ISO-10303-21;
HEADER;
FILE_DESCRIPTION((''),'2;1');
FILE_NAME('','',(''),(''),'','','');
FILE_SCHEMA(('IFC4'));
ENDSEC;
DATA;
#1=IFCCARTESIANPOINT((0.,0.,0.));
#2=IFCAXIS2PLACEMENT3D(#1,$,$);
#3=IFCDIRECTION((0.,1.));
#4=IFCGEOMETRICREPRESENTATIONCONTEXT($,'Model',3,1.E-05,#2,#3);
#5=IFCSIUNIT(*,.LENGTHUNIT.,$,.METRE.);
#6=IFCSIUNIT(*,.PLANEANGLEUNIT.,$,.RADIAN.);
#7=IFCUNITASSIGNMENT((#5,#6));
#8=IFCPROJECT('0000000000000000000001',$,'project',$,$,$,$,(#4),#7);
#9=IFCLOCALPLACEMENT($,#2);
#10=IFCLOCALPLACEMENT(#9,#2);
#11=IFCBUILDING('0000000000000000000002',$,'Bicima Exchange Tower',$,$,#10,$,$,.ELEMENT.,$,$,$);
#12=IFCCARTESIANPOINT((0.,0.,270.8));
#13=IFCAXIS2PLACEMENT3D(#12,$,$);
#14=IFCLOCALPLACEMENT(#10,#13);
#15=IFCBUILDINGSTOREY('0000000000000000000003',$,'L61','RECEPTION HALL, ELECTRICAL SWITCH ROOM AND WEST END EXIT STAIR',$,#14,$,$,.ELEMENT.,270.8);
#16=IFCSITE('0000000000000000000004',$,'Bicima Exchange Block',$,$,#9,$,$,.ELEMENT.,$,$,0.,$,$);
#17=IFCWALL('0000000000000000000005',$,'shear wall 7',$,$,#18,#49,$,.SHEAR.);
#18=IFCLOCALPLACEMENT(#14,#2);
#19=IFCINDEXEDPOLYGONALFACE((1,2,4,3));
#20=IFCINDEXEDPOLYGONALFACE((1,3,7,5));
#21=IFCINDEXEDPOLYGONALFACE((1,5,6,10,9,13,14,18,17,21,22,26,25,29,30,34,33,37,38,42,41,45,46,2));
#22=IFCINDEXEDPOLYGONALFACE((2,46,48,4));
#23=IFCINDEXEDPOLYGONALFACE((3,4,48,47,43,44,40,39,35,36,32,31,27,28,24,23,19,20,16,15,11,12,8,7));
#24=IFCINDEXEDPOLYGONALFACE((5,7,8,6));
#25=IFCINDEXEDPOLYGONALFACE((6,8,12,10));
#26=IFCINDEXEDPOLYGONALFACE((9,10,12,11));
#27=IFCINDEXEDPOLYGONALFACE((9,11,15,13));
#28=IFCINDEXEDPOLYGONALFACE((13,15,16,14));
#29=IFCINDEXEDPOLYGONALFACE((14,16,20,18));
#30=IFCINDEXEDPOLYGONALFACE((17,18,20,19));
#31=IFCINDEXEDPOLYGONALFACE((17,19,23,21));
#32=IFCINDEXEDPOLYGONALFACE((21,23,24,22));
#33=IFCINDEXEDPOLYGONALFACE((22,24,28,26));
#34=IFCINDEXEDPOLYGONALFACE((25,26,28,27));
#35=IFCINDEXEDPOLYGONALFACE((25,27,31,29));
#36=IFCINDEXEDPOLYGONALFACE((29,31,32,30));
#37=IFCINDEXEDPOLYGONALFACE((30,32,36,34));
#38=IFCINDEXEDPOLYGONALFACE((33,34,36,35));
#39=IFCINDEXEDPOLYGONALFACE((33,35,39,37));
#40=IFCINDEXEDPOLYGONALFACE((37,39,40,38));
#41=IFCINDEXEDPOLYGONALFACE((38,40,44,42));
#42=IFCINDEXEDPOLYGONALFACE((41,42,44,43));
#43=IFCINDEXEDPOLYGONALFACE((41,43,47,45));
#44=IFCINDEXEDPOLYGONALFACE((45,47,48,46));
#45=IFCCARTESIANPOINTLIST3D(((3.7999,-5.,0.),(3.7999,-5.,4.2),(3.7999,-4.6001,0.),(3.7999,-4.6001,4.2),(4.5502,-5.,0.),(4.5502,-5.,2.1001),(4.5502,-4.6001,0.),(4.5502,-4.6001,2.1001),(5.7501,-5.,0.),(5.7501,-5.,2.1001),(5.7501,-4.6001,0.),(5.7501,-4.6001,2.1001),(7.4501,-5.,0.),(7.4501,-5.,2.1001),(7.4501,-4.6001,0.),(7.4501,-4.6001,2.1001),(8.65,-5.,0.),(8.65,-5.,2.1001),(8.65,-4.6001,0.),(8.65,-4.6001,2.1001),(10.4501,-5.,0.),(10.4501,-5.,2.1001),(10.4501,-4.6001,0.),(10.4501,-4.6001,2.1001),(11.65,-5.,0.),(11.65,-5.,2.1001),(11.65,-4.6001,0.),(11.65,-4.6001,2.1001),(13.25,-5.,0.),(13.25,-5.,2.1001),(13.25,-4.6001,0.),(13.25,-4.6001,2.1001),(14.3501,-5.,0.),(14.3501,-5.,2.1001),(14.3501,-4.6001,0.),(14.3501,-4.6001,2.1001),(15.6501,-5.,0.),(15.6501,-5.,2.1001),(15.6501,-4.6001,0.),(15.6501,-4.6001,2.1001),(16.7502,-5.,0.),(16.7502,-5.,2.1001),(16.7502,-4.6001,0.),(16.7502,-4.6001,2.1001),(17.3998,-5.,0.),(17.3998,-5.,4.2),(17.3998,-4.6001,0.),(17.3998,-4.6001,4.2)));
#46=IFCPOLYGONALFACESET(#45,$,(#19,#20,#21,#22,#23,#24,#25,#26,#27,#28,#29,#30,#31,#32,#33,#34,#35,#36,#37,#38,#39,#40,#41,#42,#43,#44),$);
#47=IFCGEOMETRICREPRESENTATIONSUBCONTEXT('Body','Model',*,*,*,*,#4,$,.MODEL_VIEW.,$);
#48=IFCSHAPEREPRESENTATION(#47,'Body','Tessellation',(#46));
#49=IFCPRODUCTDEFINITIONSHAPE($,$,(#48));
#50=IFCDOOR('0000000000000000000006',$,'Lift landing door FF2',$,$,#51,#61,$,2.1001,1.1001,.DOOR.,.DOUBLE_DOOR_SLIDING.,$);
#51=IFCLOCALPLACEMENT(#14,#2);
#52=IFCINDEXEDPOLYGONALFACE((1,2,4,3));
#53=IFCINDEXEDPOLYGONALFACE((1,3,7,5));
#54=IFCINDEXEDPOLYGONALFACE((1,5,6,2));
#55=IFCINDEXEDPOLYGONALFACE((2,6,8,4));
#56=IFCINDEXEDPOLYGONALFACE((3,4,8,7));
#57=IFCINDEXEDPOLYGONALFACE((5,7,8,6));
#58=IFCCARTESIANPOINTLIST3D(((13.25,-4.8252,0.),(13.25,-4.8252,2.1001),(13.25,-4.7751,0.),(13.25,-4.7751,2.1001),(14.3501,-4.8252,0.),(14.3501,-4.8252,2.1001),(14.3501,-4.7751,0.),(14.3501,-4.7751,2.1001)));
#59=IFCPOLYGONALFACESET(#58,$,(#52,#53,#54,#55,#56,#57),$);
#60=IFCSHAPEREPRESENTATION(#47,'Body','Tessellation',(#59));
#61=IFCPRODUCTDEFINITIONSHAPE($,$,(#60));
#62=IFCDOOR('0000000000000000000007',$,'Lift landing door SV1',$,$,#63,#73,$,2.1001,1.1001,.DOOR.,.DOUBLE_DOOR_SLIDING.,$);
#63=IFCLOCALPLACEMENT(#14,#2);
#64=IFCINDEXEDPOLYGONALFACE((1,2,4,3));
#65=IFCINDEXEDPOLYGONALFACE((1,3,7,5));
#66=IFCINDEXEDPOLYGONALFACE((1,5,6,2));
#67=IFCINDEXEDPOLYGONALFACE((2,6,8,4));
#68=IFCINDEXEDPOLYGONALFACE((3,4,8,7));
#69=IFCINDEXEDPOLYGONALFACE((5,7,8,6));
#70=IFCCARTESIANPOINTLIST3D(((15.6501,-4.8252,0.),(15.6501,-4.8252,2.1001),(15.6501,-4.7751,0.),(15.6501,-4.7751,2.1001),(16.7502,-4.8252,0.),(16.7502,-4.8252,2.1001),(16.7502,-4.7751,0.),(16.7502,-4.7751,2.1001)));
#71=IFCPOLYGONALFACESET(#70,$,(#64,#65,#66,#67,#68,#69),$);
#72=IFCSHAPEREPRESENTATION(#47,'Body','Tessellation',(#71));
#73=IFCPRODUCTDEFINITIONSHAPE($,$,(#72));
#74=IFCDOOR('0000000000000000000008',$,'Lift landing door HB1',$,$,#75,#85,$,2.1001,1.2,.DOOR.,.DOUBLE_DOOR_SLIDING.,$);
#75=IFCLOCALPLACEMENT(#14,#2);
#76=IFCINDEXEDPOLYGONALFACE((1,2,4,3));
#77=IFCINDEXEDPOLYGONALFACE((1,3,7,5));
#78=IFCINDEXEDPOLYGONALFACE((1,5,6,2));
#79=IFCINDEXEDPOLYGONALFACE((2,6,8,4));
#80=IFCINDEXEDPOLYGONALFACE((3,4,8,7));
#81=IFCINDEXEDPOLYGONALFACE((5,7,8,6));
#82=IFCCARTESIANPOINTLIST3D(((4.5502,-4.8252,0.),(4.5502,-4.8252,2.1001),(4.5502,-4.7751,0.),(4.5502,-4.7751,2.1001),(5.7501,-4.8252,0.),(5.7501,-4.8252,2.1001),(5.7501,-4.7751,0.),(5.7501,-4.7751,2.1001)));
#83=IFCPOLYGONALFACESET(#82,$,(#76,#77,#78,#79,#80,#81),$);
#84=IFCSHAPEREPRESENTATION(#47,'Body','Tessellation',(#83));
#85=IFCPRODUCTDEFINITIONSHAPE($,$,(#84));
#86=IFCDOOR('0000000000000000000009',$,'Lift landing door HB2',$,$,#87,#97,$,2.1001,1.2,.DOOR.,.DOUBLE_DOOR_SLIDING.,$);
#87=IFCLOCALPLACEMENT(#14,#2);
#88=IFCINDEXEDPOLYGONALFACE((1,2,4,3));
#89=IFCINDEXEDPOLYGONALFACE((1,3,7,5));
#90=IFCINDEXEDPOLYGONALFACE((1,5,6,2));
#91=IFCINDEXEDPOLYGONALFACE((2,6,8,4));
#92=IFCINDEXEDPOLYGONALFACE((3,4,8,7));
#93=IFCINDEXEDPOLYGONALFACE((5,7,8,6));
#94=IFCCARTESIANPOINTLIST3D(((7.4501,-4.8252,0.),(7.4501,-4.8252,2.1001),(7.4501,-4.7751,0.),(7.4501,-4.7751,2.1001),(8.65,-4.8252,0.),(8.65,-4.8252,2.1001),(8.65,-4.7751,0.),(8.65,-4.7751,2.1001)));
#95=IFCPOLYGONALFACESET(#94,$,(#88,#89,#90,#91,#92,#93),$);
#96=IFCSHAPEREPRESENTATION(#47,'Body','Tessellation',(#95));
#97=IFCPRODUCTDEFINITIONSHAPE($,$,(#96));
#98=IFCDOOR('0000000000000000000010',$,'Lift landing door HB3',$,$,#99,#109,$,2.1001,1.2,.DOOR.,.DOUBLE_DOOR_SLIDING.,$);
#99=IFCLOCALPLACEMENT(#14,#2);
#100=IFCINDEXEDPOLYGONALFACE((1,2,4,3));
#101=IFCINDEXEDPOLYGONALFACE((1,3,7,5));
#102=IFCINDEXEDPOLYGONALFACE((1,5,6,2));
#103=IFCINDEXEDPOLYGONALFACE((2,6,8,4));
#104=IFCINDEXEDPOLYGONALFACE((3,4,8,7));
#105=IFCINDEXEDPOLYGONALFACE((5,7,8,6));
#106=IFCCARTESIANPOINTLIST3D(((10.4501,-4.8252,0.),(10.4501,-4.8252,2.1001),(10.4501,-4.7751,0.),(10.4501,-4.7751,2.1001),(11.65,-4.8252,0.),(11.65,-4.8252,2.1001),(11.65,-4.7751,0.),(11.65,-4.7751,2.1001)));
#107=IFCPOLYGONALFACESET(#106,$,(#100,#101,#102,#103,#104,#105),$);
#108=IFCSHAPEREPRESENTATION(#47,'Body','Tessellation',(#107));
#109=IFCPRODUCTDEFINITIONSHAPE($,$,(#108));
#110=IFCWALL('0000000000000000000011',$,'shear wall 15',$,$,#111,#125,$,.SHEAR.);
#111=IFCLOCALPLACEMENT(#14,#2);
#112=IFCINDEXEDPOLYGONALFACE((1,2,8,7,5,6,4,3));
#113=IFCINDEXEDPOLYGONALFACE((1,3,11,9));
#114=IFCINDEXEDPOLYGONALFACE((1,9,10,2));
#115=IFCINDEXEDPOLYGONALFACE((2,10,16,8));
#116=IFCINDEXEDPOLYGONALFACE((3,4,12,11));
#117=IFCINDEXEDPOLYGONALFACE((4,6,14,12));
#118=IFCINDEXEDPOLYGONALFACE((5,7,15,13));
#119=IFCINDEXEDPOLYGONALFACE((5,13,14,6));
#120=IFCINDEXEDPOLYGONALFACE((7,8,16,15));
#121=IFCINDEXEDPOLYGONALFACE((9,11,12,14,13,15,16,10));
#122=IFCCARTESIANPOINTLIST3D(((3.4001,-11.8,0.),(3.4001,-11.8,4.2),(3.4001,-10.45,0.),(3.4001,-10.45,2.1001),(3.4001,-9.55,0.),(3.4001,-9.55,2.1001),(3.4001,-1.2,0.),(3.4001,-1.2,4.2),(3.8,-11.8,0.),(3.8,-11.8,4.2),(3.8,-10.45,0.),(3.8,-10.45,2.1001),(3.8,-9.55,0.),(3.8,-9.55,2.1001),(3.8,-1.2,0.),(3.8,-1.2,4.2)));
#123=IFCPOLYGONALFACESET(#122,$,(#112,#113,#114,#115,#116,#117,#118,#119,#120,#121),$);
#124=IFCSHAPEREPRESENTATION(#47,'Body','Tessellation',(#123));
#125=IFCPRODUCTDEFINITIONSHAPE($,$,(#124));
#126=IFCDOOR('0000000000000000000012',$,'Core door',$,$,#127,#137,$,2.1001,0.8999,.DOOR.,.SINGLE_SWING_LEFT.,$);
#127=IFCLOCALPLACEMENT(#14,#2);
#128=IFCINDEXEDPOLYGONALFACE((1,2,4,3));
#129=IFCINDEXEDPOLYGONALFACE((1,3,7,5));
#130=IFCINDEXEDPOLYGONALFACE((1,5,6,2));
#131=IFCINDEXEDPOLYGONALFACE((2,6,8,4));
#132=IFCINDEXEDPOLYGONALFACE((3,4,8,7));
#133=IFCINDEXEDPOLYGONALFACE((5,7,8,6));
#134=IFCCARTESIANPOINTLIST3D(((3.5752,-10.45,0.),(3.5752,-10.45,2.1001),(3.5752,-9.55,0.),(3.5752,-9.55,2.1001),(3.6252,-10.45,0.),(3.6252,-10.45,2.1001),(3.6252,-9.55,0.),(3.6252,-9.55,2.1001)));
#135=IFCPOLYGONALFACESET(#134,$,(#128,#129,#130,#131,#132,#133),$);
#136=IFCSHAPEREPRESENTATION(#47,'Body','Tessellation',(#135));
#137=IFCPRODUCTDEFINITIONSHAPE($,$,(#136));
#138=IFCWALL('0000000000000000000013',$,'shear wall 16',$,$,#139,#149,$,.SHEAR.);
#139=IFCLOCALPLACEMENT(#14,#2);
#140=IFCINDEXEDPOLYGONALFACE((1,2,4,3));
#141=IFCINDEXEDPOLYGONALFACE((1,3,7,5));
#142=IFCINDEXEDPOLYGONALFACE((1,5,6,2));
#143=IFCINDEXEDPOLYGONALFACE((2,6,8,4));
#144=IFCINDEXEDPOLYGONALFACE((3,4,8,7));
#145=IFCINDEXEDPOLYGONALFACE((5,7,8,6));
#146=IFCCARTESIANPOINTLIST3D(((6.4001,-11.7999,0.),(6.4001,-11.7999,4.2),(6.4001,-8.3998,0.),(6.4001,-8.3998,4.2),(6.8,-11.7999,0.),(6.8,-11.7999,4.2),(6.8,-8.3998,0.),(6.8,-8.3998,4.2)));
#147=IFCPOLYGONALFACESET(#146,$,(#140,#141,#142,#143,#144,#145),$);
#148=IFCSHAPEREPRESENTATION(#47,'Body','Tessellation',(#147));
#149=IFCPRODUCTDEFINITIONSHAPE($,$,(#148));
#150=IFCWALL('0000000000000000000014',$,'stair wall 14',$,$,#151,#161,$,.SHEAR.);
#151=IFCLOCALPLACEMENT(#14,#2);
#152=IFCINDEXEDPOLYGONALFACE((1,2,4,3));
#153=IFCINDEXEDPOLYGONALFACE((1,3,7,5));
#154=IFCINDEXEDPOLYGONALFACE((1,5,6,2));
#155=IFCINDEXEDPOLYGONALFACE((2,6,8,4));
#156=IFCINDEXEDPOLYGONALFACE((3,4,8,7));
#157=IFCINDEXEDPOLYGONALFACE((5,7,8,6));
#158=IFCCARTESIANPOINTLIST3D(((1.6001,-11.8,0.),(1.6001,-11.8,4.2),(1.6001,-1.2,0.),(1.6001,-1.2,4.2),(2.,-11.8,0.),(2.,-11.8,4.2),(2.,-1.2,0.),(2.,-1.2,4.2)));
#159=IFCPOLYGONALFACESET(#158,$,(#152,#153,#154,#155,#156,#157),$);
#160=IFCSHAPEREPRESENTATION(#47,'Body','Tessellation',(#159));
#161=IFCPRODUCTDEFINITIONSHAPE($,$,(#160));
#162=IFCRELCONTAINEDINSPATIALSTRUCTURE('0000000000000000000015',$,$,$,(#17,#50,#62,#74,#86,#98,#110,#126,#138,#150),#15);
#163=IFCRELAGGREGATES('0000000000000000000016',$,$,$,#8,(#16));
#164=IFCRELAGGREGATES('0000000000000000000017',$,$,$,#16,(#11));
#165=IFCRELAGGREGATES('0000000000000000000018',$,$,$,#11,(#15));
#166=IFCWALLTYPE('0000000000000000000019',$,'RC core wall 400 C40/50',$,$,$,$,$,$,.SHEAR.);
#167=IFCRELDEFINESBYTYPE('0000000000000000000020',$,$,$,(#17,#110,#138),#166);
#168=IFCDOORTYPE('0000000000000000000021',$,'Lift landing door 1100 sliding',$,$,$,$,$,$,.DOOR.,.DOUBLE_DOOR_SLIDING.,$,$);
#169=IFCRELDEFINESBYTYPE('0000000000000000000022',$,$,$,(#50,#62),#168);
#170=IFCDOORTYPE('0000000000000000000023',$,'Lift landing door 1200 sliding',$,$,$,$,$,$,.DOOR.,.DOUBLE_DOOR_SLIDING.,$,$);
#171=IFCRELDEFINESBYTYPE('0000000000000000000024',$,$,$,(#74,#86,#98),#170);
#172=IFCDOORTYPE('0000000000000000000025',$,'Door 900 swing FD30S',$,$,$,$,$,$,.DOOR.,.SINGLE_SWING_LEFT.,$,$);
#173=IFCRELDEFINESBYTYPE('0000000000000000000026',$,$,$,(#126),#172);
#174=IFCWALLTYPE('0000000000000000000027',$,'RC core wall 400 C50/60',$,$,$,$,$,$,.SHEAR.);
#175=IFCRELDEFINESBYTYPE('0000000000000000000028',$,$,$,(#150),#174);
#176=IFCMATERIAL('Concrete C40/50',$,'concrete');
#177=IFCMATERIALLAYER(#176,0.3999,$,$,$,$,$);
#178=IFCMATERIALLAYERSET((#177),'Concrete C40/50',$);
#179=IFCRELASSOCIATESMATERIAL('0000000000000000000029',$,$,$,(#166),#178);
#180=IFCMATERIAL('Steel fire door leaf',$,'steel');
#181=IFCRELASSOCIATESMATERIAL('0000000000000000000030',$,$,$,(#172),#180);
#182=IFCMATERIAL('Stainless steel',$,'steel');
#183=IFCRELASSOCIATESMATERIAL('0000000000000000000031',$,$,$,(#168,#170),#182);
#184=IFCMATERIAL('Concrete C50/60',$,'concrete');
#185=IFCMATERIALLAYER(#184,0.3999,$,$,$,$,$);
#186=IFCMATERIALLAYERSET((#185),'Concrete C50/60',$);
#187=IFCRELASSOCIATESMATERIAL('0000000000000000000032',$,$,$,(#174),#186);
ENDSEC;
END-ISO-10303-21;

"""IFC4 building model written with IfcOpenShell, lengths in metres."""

from ifc_helpers import new_model, si_unit, direction, frame, frame_2d, origin, place, context, subcontext, project, spatial, rectangle, extrude, material, layer, layer_set, type_object, element, fill, save


model = new_model("IFC4")

# Units and contexts
model_context = context("Model", 3, precision=1e-05, world=origin(), true_north=direction((0.0, 1.0)))
body_context = subcontext(model_context, "Body", "Model", "MODEL_VIEW")
ifc_project = project(units=[si_unit("LENGTHUNIT", "METRE"), si_unit("PLANEANGLEUNIT", "RADIAN")], contexts=[model_context])

# Site, building, storey
site_placement = place(None, origin())
site = spatial("IfcSite", under=ifc_project, at=site_placement, Name="Bicima Exchange Block", CompositionType="ELEMENT", RefElevation=0.0)
building_placement = place(site_placement, origin())
building = spatial("IfcBuilding", under=site, at=building_placement, Name="Bicima Exchange Tower", CompositionType="ELEMENT")
storey_placement = place(building_placement, frame((0.0, 0.0, 270.8)))
storey = spatial("IfcBuildingStorey", under=building, at=storey_placement, Name="L61", Description="RECEPTION HALL, ELECTRICAL SWITCH ROOM AND WEST END EXIT STAIR", CompositionType="ELEMENT", Elevation=270.8)

# Shared definitions
ifc_material_1 = material(Name="Concrete C50/60", Category="concrete")

# Shared definitions
ifc_material_2 = material(Name="Concrete C40/50", Category="concrete")
ifc_layer_1 = layer(ifc_material_2, 0.3999)
ifc_layer_set_1 = layer_set([ifc_layer_1], Name="Concrete C40/50")
wall_type_1 = type_object("IfcWallType", Name="RC core wall 400 C40/50", PredefinedType="SHEAR", material=ifc_layer_set_1)
ifc_material_3 = material(Name="Steel fire door leaf", Category="steel")
door_type_1 = type_object("IfcDoorType", Name="Door 900 swing FD30S", OperationType="SINGLE_SWING_LEFT", PredefinedType="DOOR", material=ifc_material_3)

# Wall, openings, doors
wall_1_placement = place(storey_placement, frame((3.8, -4.8, 0.0), z_axis=(0.0, 0.0, 1.0), x_axis=(1.0, 0.0, 0.0)))
wall_1 = element("IfcWall", 1, at=wall_1_placement, inside=storey, type_object=wall_type_1, Name="shear wall 7", PredefinedType="SHEAR", context=body_context, shape_type="SweptSolid", body=[
    extrude(rectangle(XDim=13.5999, YDim=0.3999, at=frame_2d((6.7998, 0.0))), origin(), (0.0, 0.0, 1.0), 4.2),
])
opening_1_placement = place(wall_1_placement, frame((0.75, 0.0, 0.0)))
opening_1 = element("IfcOpeningElement", 2, at=opening_1_placement, cuts=wall_1, PredefinedType="OPENING", context=body_context, shape_type="SweptSolid", body=[
    extrude(rectangle(XDim=1.2, YDim=2.1001, at=frame_2d((0.6001, 1.05))), frame((0.0, 0.2119, 0.0), z_axis=(0.0, -1.0, 0.0), x_axis=(1.0, 0.0, 0.0)), (0.0, 0.0, 1.0), 0.4238),
])
opening_2_placement = place(wall_1_placement, frame((3.6499, 0.0, 0.0)))
opening_2 = element("IfcOpeningElement", 3, at=opening_2_placement, cuts=wall_1, PredefinedType="OPENING", context=body_context, shape_type="SweptSolid", body=[
    extrude(rectangle(XDim=1.2, YDim=2.1001, at=frame_2d((0.6001, 1.05))), frame((0.0, 0.2119, 0.0), z_axis=(0.0, -1.0, 0.0), x_axis=(1.0, 0.0, 0.0)), (0.0, 0.0, 1.0), 0.4238),
])
opening_3_placement = place(wall_1_placement, frame((6.6499, 0.0, 0.0)))
opening_3 = element("IfcOpeningElement", 4, at=opening_3_placement, cuts=wall_1, PredefinedType="OPENING", context=body_context, shape_type="SweptSolid", body=[
    extrude(rectangle(XDim=1.2, YDim=2.1001, at=frame_2d((0.6001, 1.05))), frame((0.0, 0.2119, 0.0), z_axis=(0.0, -1.0, 0.0), x_axis=(1.0, 0.0, 0.0)), (0.0, 0.0, 1.0), 0.4238),
])
opening_4_placement = place(wall_1_placement, frame((9.45, 0.0, 0.0)))
opening_4 = element("IfcOpeningElement", 5, at=opening_4_placement, cuts=wall_1, PredefinedType="OPENING", context=body_context, shape_type="SweptSolid", body=[
    extrude(rectangle(XDim=1.1001, YDim=2.1001, at=frame_2d((0.55, 1.05))), frame((0.0, 0.2119, 0.0), z_axis=(0.0, -1.0, 0.0), x_axis=(1.0, 0.0, 0.0)), (0.0, 0.0, 1.0), 0.4238),
])
opening_5_placement = place(wall_1_placement, frame((11.8501, 0.0, 0.0)))
opening_5 = element("IfcOpeningElement", 6, at=opening_5_placement, cuts=wall_1, PredefinedType="OPENING", context=body_context, shape_type="SweptSolid", body=[
    extrude(rectangle(XDim=1.1001, YDim=2.1001, at=frame_2d((0.55, 1.05))), frame((0.0, 0.2119, 0.0), z_axis=(0.0, -1.0, 0.0), x_axis=(1.0, 0.0, 0.0)), (0.0, 0.0, 1.0), 0.4238),
])
ifc_material_4 = material(Name="Stainless steel", Category="steel")
door_type_2 = type_object("IfcDoorType", Name="Lift landing door 1100 sliding", OperationType="DOUBLE_DOOR_SLIDING", PredefinedType="DOOR", material=ifc_material_4)
door_1_placement = place(opening_4_placement, origin())
door_1 = element("IfcDoor", 7, at=door_1_placement, inside=storey, type_object=door_type_2, Name="Lift landing door FF2", OperationType="DOUBLE_DOOR_SLIDING", OverallHeight=2.1001, OverallWidth=1.1001, PredefinedType="DOOR", context=body_context, shape_type="SweptSolid", body=[
    extrude(rectangle(XDim=1.1001, YDim=2.1001, at=frame_2d((0.55, 1.05))), frame((0.0, 0.0249, 0.0), z_axis=(0.0, -1.0, 0.0), x_axis=(1.0, 0.0, 0.0)), (0.0, 0.0, 1.0), 0.05),
])
fill(opening_4, door_1)
door_2_placement = place(opening_5_placement, origin())
door_2 = element("IfcDoor", 8, at=door_2_placement, inside=storey, type_object=door_type_2, Name="Lift landing door SV1", OperationType="DOUBLE_DOOR_SLIDING", OverallHeight=2.1001, OverallWidth=1.1001, PredefinedType="DOOR", context=body_context, shape_type="SweptSolid", body=[
    extrude(rectangle(XDim=1.1001, YDim=2.1001, at=frame_2d((0.55, 1.05))), frame((0.0, 0.0249, 0.0), z_axis=(0.0, -1.0, 0.0), x_axis=(1.0, 0.0, 0.0)), (0.0, 0.0, 1.0), 0.05),
])
fill(opening_5, door_2)
door_type_3 = type_object("IfcDoorType", Name="Lift landing door 1200 sliding", OperationType="DOUBLE_DOOR_SLIDING", PredefinedType="DOOR", material=ifc_material_4)
door_3_placement = place(opening_1_placement, origin())
door_3 = element("IfcDoor", 9, at=door_3_placement, inside=storey, type_object=door_type_3, Name="Lift landing door HB1", OperationType="DOUBLE_DOOR_SLIDING", OverallHeight=2.1001, OverallWidth=1.2, PredefinedType="DOOR", context=body_context, shape_type="SweptSolid", body=[
    extrude(rectangle(XDim=1.2, YDim=2.1001, at=frame_2d((0.6001, 1.05))), frame((0.0, 0.0249, 0.0), z_axis=(0.0, -1.0, 0.0), x_axis=(1.0, 0.0, 0.0)), (0.0, 0.0, 1.0), 0.05),
])
fill(opening_1, door_3)
door_4_placement = place(opening_2_placement, origin())
door_4 = element("IfcDoor", 10, at=door_4_placement, inside=storey, type_object=door_type_3, Name="Lift landing door HB2", OperationType="DOUBLE_DOOR_SLIDING", OverallHeight=2.1001, OverallWidth=1.2, PredefinedType="DOOR", context=body_context, shape_type="SweptSolid", body=[
    extrude(rectangle(XDim=1.2, YDim=2.1001, at=frame_2d((0.6001, 1.05))), frame((0.0, 0.0249, 0.0), z_axis=(0.0, -1.0, 0.0), x_axis=(1.0, 0.0, 0.0)), (0.0, 0.0, 1.0), 0.05),
])
fill(opening_2, door_4)
door_5_placement = place(opening_3_placement, origin())
door_5 = element("IfcDoor", 11, at=door_5_placement, inside=storey, type_object=door_type_3, Name="Lift landing door HB3", OperationType="DOUBLE_DOOR_SLIDING", OverallHeight=2.1001, OverallWidth=1.2, PredefinedType="DOOR", context=body_context, shape_type="SweptSolid", body=[
    extrude(rectangle(XDim=1.2, YDim=2.1001, at=frame_2d((0.6001, 1.05))), frame((0.0, 0.0249, 0.0), z_axis=(0.0, -1.0, 0.0), x_axis=(1.0, 0.0, 0.0)), (0.0, 0.0, 1.0), 0.05),
])
fill(opening_3, door_5)

# Wall, opening, door
wall_2_placement = place(storey_placement, frame((3.6001, -11.8, 0.0), z_axis=(0.0, 0.0, 1.0), x_axis=(0.0, 1.0, 0.0)))
wall_2 = element("IfcWall", 12, at=wall_2_placement, inside=storey, type_object=wall_type_1, Name="shear wall 15", PredefinedType="SHEAR", context=body_context, shape_type="SweptSolid", body=[
    extrude(rectangle(XDim=10.6001, YDim=0.3999, at=frame_2d((5.3, 0.0))), origin(), (0.0, 0.0, 1.0), 4.2),
])
opening_6_placement = place(wall_2_placement, frame((1.3501, 0.0, 0.0)))
opening_6 = element("IfcOpeningElement", 13, at=opening_6_placement, cuts=wall_2, PredefinedType="OPENING", context=body_context, shape_type="SweptSolid", body=[
    extrude(rectangle(XDim=0.8999, YDim=2.1001, at=frame_2d((0.45, 1.05))), frame((0.0, 0.2119, 0.0), z_axis=(0.0, -1.0, 0.0), x_axis=(1.0, 0.0, 0.0)), (0.0, 0.0, 1.0), 0.4238),
])
door_6_placement = place(opening_6_placement, origin())
door_6 = element("IfcDoor", 14, at=door_6_placement, inside=storey, type_object=door_type_1, Name="Core door", OperationType="SINGLE_SWING_LEFT", OverallHeight=2.1001, OverallWidth=0.8999, PredefinedType="DOOR", context=body_context, shape_type="SweptSolid", body=[
    extrude(rectangle(XDim=0.8999, YDim=2.1001, at=frame_2d((0.45, 1.05))), frame((0.0, 0.0249, 0.0), z_axis=(0.0, -1.0, 0.0), x_axis=(1.0, 0.0, 0.0)), (0.0, 0.0, 1.0), 0.05),
])
fill(opening_6, door_6)

# Walls
wall_3_placement = place(storey_placement, frame((6.6001, -11.8, 0.0), z_axis=(0.0, 0.0, 1.0), x_axis=(0.0, 1.0, 0.0)))
element("IfcWall", 15, at=wall_3_placement, inside=storey, type_object=wall_type_1, Name="shear wall 16", PredefinedType="SHEAR", context=body_context, shape_type="SweptSolid", body=[
    extrude(rectangle(XDim=3.4001, YDim=0.3999, at=frame_2d((1.7002, 0.0))), origin(), (0.0, 0.0, 1.0), 4.2),
])
ifc_layer_2 = layer(ifc_material_1, 0.3999)
ifc_layer_set_2 = layer_set([ifc_layer_2], Name="Concrete C50/60")
wall_type_2 = type_object("IfcWallType", Name="RC core wall 400 C50/60", PredefinedType="SHEAR", material=ifc_layer_set_2)
wall_4_placement = place(storey_placement, frame((1.8, -11.8, 0.0), z_axis=(0.0, 0.0, 1.0), x_axis=(0.0, 1.0, 0.0)))
element("IfcWall", 16, at=wall_4_placement, inside=storey, type_object=wall_type_2, Name="stair wall 14", PredefinedType="SHEAR", context=body_context, shape_type="SweptSolid", body=[
    extrude(rectangle(XDim=10.6001, YDim=0.3999, at=frame_2d((5.3, 0.0))), origin(), (0.0, 0.0, 1.0), 4.2),
])

save(model, "model.ifc")
